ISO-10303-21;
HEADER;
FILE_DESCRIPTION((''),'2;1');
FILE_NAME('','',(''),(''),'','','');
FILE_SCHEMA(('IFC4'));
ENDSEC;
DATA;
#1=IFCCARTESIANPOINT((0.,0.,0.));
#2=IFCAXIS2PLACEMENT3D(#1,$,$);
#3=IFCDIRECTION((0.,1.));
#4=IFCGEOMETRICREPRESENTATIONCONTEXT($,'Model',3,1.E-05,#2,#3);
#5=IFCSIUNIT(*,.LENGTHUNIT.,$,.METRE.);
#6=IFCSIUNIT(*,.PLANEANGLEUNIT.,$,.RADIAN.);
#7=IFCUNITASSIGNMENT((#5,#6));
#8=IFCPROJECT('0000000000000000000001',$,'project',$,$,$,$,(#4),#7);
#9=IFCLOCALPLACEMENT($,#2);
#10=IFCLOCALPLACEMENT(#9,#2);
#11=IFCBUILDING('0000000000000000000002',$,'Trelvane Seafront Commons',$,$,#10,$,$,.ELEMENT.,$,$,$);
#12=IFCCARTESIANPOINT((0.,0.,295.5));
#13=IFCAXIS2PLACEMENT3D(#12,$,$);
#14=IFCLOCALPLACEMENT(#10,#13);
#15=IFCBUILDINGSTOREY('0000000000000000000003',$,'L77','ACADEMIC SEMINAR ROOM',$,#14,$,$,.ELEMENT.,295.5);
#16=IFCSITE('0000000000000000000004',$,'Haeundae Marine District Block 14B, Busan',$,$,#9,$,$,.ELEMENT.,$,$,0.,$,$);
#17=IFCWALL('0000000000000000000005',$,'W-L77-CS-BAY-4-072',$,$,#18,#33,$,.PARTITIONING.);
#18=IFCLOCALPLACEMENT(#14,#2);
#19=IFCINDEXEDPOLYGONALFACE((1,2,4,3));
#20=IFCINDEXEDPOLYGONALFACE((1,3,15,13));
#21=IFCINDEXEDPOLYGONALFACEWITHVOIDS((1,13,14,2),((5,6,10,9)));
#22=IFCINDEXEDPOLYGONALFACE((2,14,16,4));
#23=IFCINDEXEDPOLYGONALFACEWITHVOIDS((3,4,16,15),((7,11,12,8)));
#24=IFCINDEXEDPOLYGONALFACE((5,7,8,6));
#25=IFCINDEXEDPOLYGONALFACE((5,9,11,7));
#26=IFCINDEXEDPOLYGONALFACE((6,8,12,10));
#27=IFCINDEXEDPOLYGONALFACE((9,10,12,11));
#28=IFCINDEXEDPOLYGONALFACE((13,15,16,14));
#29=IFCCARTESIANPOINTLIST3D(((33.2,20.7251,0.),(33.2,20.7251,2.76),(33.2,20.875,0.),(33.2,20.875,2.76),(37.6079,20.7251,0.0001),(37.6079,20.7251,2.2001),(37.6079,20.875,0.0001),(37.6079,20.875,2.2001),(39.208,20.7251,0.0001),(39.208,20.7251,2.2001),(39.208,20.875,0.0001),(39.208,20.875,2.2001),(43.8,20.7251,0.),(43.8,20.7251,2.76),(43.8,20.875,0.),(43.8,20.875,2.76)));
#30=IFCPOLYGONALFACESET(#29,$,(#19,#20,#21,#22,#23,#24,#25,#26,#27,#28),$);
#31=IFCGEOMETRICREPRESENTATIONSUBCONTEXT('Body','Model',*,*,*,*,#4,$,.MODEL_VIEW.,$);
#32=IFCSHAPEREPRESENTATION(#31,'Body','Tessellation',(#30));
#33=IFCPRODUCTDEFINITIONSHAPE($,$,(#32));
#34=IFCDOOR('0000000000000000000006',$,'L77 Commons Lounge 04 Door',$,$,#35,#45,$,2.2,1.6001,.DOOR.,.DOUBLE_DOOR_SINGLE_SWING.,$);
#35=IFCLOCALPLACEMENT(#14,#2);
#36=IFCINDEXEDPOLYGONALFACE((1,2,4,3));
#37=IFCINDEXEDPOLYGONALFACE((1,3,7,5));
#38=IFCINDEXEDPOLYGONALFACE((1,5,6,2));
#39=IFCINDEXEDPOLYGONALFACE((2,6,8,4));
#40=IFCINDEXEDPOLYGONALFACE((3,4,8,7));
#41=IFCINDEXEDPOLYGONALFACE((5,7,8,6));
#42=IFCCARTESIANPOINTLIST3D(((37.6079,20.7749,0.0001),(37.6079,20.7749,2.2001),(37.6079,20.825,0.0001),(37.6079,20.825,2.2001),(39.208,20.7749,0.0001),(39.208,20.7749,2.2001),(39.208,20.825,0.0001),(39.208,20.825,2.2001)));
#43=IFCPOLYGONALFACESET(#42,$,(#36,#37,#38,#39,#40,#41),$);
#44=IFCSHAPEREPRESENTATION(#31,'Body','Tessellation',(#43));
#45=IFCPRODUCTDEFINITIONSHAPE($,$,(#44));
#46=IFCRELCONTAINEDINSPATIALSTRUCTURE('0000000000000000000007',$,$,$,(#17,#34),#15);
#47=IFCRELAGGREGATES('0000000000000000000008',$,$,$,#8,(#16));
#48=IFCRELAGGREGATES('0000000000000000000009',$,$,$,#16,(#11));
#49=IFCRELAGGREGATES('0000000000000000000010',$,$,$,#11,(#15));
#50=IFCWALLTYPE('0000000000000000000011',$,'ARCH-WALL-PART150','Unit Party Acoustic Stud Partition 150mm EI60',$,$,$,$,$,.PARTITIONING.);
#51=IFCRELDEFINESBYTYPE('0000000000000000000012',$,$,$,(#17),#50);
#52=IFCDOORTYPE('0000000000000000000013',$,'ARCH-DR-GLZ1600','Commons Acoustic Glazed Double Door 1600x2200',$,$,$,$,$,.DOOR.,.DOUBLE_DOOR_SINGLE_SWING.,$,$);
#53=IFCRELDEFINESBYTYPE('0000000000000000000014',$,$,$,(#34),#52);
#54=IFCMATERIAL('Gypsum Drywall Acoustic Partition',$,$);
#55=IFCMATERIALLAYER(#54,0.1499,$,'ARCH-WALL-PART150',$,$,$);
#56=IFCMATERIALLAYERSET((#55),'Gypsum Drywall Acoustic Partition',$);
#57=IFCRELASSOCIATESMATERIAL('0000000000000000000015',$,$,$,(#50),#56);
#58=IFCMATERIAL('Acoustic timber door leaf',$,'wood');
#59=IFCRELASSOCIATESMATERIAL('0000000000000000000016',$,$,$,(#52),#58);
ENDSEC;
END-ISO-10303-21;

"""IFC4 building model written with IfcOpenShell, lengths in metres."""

from ifc_helpers import new_model, si_unit, direction, frame, frame_2d, origin, place, context, subcontext, project, spatial, rectangle, extrude, source, transform, mapped, material, layer, layer_set, type_object, element, fill, save


model = new_model("IFC4")

# Units and contexts
model_context = context("Model", 3, precision=1e-05, world=origin(), true_north=direction((0.0, 1.0)))
body_context = subcontext(model_context, "Body", "Model", "MODEL_VIEW")
ifc_project = project(units=[si_unit("LENGTHUNIT", "METRE"), si_unit("PLANEANGLEUNIT", "RADIAN")], contexts=[model_context])

# Site, building, storey
site_placement = place(None, origin())
site = spatial("IfcSite", under=ifc_project, at=site_placement, Name="Haeundae Marine District Block 14B, Busan", CompositionType="ELEMENT", RefElevation=0.0)
building_placement = place(site_placement, origin())
building = spatial("IfcBuilding", under=site, at=building_placement, Name="Trelvane Seafront Commons", CompositionType="ELEMENT")
storey_placement = place(building_placement, frame((0.0, 0.0, 295.5)))
storey = spatial("IfcBuildingStorey", under=building, at=storey_placement, Name="L77", Description="ACADEMIC SEMINAR ROOM", CompositionType="ELEMENT", Elevation=295.5)

# Shared definitions
ifc_material_1 = material(Name="Gypsum Drywall Acoustic Partition")
ifc_material_2 = material(Name="Acoustic timber door leaf", Category="wood")
ifc_layer_1 = layer(ifc_material_1, 0.1499, Name="ARCH-WALL-PART150")
ifc_layer_set_1 = layer_set([ifc_layer_1], Name="Gypsum Drywall Acoustic Partition")
wall_type_1 = type_object("IfcWallType", Name="ARCH-WALL-PART150", Description="Unit Party Acoustic Stud Partition 150mm EI60", PredefinedType="PARTITIONING", material=ifc_layer_set_1)

# Wall, opening, door
wall_1_placement = place(storey_placement, frame((33.2, 20.8, 0.0), z_axis=(0.0, 0.0, 1.0), x_axis=(1.0, 0.0, 0.0)))
wall_1 = element("IfcWall", 1, at=wall_1_placement, inside=storey, type_object=wall_type_1, Name="W-L77-CS-BAY-4-072", PredefinedType="PARTITIONING", context=body_context, shape_type="SweptSolid", body=[
    extrude(rectangle(XDim=10.6001, YDim=0.1499, at=frame_2d((5.3, 0.0))), origin(), (0.0, 0.0, 1.0), 2.76),
])
opening_1_placement = place(wall_1_placement, frame((4.408, 0.0, 0.0)))
opening_1 = element("IfcOpeningElement", 2, at=opening_1_placement, cuts=wall_1, PredefinedType="OPENING", context=body_context, shape_type="SweptSolid", body=[
    extrude(rectangle(XDim=1.6001, YDim=2.2, at=frame_2d((0.8, 1.1001))), frame((0.0, 0.085, 0.0), z_axis=(0.0, -1.0, 0.0), x_axis=(1.0, 0.0, 0.0)), (0.0, 0.0, 1.0), 0.1699),
])
door_type_1 = type_object("IfcDoorType", Name="ARCH-DR-GLZ1600", Description="Commons Acoustic Glazed Double Door 1600x2200", OperationType="DOUBLE_DOOR_SINGLE_SWING", PredefinedType="DOOR", material=ifc_material_2)
shared_shape_1 = source(origin(), body_context, "Body", "SweptSolid", [
    extrude(rectangle(XDim=1.6001, YDim=2.2, at=frame_2d((0.8, 1.1001))), frame((0.0, 0.0249, 0.0), z_axis=(0.0, -1.0, 0.0), x_axis=(1.0, 0.0, 0.0)), (0.0, 0.0, 1.0), 0.05),
])
door_1_placement = place(opening_1_placement, origin())
door_1 = element("IfcDoor", 3, at=door_1_placement, inside=storey, type_object=door_type_1, Name="L77 Commons Lounge 04 Door", OperationType="DOUBLE_DOOR_SINGLE_SWING", OverallHeight=2.2, OverallWidth=1.6001, PredefinedType="DOOR", context=body_context, shape_type="MappedRepresentation", body=[
    mapped(shared_shape_1, transform((0.0, 0.0, 0.0), x_axis=(1.0, 0.0, 0.0), y_axis=(0.0, 1.0, 0.0), z_axis=(0.0, 0.0, 1.0), scale=1.0)),
])
fill(opening_1, door_1)

save(model, "model.ifc")
